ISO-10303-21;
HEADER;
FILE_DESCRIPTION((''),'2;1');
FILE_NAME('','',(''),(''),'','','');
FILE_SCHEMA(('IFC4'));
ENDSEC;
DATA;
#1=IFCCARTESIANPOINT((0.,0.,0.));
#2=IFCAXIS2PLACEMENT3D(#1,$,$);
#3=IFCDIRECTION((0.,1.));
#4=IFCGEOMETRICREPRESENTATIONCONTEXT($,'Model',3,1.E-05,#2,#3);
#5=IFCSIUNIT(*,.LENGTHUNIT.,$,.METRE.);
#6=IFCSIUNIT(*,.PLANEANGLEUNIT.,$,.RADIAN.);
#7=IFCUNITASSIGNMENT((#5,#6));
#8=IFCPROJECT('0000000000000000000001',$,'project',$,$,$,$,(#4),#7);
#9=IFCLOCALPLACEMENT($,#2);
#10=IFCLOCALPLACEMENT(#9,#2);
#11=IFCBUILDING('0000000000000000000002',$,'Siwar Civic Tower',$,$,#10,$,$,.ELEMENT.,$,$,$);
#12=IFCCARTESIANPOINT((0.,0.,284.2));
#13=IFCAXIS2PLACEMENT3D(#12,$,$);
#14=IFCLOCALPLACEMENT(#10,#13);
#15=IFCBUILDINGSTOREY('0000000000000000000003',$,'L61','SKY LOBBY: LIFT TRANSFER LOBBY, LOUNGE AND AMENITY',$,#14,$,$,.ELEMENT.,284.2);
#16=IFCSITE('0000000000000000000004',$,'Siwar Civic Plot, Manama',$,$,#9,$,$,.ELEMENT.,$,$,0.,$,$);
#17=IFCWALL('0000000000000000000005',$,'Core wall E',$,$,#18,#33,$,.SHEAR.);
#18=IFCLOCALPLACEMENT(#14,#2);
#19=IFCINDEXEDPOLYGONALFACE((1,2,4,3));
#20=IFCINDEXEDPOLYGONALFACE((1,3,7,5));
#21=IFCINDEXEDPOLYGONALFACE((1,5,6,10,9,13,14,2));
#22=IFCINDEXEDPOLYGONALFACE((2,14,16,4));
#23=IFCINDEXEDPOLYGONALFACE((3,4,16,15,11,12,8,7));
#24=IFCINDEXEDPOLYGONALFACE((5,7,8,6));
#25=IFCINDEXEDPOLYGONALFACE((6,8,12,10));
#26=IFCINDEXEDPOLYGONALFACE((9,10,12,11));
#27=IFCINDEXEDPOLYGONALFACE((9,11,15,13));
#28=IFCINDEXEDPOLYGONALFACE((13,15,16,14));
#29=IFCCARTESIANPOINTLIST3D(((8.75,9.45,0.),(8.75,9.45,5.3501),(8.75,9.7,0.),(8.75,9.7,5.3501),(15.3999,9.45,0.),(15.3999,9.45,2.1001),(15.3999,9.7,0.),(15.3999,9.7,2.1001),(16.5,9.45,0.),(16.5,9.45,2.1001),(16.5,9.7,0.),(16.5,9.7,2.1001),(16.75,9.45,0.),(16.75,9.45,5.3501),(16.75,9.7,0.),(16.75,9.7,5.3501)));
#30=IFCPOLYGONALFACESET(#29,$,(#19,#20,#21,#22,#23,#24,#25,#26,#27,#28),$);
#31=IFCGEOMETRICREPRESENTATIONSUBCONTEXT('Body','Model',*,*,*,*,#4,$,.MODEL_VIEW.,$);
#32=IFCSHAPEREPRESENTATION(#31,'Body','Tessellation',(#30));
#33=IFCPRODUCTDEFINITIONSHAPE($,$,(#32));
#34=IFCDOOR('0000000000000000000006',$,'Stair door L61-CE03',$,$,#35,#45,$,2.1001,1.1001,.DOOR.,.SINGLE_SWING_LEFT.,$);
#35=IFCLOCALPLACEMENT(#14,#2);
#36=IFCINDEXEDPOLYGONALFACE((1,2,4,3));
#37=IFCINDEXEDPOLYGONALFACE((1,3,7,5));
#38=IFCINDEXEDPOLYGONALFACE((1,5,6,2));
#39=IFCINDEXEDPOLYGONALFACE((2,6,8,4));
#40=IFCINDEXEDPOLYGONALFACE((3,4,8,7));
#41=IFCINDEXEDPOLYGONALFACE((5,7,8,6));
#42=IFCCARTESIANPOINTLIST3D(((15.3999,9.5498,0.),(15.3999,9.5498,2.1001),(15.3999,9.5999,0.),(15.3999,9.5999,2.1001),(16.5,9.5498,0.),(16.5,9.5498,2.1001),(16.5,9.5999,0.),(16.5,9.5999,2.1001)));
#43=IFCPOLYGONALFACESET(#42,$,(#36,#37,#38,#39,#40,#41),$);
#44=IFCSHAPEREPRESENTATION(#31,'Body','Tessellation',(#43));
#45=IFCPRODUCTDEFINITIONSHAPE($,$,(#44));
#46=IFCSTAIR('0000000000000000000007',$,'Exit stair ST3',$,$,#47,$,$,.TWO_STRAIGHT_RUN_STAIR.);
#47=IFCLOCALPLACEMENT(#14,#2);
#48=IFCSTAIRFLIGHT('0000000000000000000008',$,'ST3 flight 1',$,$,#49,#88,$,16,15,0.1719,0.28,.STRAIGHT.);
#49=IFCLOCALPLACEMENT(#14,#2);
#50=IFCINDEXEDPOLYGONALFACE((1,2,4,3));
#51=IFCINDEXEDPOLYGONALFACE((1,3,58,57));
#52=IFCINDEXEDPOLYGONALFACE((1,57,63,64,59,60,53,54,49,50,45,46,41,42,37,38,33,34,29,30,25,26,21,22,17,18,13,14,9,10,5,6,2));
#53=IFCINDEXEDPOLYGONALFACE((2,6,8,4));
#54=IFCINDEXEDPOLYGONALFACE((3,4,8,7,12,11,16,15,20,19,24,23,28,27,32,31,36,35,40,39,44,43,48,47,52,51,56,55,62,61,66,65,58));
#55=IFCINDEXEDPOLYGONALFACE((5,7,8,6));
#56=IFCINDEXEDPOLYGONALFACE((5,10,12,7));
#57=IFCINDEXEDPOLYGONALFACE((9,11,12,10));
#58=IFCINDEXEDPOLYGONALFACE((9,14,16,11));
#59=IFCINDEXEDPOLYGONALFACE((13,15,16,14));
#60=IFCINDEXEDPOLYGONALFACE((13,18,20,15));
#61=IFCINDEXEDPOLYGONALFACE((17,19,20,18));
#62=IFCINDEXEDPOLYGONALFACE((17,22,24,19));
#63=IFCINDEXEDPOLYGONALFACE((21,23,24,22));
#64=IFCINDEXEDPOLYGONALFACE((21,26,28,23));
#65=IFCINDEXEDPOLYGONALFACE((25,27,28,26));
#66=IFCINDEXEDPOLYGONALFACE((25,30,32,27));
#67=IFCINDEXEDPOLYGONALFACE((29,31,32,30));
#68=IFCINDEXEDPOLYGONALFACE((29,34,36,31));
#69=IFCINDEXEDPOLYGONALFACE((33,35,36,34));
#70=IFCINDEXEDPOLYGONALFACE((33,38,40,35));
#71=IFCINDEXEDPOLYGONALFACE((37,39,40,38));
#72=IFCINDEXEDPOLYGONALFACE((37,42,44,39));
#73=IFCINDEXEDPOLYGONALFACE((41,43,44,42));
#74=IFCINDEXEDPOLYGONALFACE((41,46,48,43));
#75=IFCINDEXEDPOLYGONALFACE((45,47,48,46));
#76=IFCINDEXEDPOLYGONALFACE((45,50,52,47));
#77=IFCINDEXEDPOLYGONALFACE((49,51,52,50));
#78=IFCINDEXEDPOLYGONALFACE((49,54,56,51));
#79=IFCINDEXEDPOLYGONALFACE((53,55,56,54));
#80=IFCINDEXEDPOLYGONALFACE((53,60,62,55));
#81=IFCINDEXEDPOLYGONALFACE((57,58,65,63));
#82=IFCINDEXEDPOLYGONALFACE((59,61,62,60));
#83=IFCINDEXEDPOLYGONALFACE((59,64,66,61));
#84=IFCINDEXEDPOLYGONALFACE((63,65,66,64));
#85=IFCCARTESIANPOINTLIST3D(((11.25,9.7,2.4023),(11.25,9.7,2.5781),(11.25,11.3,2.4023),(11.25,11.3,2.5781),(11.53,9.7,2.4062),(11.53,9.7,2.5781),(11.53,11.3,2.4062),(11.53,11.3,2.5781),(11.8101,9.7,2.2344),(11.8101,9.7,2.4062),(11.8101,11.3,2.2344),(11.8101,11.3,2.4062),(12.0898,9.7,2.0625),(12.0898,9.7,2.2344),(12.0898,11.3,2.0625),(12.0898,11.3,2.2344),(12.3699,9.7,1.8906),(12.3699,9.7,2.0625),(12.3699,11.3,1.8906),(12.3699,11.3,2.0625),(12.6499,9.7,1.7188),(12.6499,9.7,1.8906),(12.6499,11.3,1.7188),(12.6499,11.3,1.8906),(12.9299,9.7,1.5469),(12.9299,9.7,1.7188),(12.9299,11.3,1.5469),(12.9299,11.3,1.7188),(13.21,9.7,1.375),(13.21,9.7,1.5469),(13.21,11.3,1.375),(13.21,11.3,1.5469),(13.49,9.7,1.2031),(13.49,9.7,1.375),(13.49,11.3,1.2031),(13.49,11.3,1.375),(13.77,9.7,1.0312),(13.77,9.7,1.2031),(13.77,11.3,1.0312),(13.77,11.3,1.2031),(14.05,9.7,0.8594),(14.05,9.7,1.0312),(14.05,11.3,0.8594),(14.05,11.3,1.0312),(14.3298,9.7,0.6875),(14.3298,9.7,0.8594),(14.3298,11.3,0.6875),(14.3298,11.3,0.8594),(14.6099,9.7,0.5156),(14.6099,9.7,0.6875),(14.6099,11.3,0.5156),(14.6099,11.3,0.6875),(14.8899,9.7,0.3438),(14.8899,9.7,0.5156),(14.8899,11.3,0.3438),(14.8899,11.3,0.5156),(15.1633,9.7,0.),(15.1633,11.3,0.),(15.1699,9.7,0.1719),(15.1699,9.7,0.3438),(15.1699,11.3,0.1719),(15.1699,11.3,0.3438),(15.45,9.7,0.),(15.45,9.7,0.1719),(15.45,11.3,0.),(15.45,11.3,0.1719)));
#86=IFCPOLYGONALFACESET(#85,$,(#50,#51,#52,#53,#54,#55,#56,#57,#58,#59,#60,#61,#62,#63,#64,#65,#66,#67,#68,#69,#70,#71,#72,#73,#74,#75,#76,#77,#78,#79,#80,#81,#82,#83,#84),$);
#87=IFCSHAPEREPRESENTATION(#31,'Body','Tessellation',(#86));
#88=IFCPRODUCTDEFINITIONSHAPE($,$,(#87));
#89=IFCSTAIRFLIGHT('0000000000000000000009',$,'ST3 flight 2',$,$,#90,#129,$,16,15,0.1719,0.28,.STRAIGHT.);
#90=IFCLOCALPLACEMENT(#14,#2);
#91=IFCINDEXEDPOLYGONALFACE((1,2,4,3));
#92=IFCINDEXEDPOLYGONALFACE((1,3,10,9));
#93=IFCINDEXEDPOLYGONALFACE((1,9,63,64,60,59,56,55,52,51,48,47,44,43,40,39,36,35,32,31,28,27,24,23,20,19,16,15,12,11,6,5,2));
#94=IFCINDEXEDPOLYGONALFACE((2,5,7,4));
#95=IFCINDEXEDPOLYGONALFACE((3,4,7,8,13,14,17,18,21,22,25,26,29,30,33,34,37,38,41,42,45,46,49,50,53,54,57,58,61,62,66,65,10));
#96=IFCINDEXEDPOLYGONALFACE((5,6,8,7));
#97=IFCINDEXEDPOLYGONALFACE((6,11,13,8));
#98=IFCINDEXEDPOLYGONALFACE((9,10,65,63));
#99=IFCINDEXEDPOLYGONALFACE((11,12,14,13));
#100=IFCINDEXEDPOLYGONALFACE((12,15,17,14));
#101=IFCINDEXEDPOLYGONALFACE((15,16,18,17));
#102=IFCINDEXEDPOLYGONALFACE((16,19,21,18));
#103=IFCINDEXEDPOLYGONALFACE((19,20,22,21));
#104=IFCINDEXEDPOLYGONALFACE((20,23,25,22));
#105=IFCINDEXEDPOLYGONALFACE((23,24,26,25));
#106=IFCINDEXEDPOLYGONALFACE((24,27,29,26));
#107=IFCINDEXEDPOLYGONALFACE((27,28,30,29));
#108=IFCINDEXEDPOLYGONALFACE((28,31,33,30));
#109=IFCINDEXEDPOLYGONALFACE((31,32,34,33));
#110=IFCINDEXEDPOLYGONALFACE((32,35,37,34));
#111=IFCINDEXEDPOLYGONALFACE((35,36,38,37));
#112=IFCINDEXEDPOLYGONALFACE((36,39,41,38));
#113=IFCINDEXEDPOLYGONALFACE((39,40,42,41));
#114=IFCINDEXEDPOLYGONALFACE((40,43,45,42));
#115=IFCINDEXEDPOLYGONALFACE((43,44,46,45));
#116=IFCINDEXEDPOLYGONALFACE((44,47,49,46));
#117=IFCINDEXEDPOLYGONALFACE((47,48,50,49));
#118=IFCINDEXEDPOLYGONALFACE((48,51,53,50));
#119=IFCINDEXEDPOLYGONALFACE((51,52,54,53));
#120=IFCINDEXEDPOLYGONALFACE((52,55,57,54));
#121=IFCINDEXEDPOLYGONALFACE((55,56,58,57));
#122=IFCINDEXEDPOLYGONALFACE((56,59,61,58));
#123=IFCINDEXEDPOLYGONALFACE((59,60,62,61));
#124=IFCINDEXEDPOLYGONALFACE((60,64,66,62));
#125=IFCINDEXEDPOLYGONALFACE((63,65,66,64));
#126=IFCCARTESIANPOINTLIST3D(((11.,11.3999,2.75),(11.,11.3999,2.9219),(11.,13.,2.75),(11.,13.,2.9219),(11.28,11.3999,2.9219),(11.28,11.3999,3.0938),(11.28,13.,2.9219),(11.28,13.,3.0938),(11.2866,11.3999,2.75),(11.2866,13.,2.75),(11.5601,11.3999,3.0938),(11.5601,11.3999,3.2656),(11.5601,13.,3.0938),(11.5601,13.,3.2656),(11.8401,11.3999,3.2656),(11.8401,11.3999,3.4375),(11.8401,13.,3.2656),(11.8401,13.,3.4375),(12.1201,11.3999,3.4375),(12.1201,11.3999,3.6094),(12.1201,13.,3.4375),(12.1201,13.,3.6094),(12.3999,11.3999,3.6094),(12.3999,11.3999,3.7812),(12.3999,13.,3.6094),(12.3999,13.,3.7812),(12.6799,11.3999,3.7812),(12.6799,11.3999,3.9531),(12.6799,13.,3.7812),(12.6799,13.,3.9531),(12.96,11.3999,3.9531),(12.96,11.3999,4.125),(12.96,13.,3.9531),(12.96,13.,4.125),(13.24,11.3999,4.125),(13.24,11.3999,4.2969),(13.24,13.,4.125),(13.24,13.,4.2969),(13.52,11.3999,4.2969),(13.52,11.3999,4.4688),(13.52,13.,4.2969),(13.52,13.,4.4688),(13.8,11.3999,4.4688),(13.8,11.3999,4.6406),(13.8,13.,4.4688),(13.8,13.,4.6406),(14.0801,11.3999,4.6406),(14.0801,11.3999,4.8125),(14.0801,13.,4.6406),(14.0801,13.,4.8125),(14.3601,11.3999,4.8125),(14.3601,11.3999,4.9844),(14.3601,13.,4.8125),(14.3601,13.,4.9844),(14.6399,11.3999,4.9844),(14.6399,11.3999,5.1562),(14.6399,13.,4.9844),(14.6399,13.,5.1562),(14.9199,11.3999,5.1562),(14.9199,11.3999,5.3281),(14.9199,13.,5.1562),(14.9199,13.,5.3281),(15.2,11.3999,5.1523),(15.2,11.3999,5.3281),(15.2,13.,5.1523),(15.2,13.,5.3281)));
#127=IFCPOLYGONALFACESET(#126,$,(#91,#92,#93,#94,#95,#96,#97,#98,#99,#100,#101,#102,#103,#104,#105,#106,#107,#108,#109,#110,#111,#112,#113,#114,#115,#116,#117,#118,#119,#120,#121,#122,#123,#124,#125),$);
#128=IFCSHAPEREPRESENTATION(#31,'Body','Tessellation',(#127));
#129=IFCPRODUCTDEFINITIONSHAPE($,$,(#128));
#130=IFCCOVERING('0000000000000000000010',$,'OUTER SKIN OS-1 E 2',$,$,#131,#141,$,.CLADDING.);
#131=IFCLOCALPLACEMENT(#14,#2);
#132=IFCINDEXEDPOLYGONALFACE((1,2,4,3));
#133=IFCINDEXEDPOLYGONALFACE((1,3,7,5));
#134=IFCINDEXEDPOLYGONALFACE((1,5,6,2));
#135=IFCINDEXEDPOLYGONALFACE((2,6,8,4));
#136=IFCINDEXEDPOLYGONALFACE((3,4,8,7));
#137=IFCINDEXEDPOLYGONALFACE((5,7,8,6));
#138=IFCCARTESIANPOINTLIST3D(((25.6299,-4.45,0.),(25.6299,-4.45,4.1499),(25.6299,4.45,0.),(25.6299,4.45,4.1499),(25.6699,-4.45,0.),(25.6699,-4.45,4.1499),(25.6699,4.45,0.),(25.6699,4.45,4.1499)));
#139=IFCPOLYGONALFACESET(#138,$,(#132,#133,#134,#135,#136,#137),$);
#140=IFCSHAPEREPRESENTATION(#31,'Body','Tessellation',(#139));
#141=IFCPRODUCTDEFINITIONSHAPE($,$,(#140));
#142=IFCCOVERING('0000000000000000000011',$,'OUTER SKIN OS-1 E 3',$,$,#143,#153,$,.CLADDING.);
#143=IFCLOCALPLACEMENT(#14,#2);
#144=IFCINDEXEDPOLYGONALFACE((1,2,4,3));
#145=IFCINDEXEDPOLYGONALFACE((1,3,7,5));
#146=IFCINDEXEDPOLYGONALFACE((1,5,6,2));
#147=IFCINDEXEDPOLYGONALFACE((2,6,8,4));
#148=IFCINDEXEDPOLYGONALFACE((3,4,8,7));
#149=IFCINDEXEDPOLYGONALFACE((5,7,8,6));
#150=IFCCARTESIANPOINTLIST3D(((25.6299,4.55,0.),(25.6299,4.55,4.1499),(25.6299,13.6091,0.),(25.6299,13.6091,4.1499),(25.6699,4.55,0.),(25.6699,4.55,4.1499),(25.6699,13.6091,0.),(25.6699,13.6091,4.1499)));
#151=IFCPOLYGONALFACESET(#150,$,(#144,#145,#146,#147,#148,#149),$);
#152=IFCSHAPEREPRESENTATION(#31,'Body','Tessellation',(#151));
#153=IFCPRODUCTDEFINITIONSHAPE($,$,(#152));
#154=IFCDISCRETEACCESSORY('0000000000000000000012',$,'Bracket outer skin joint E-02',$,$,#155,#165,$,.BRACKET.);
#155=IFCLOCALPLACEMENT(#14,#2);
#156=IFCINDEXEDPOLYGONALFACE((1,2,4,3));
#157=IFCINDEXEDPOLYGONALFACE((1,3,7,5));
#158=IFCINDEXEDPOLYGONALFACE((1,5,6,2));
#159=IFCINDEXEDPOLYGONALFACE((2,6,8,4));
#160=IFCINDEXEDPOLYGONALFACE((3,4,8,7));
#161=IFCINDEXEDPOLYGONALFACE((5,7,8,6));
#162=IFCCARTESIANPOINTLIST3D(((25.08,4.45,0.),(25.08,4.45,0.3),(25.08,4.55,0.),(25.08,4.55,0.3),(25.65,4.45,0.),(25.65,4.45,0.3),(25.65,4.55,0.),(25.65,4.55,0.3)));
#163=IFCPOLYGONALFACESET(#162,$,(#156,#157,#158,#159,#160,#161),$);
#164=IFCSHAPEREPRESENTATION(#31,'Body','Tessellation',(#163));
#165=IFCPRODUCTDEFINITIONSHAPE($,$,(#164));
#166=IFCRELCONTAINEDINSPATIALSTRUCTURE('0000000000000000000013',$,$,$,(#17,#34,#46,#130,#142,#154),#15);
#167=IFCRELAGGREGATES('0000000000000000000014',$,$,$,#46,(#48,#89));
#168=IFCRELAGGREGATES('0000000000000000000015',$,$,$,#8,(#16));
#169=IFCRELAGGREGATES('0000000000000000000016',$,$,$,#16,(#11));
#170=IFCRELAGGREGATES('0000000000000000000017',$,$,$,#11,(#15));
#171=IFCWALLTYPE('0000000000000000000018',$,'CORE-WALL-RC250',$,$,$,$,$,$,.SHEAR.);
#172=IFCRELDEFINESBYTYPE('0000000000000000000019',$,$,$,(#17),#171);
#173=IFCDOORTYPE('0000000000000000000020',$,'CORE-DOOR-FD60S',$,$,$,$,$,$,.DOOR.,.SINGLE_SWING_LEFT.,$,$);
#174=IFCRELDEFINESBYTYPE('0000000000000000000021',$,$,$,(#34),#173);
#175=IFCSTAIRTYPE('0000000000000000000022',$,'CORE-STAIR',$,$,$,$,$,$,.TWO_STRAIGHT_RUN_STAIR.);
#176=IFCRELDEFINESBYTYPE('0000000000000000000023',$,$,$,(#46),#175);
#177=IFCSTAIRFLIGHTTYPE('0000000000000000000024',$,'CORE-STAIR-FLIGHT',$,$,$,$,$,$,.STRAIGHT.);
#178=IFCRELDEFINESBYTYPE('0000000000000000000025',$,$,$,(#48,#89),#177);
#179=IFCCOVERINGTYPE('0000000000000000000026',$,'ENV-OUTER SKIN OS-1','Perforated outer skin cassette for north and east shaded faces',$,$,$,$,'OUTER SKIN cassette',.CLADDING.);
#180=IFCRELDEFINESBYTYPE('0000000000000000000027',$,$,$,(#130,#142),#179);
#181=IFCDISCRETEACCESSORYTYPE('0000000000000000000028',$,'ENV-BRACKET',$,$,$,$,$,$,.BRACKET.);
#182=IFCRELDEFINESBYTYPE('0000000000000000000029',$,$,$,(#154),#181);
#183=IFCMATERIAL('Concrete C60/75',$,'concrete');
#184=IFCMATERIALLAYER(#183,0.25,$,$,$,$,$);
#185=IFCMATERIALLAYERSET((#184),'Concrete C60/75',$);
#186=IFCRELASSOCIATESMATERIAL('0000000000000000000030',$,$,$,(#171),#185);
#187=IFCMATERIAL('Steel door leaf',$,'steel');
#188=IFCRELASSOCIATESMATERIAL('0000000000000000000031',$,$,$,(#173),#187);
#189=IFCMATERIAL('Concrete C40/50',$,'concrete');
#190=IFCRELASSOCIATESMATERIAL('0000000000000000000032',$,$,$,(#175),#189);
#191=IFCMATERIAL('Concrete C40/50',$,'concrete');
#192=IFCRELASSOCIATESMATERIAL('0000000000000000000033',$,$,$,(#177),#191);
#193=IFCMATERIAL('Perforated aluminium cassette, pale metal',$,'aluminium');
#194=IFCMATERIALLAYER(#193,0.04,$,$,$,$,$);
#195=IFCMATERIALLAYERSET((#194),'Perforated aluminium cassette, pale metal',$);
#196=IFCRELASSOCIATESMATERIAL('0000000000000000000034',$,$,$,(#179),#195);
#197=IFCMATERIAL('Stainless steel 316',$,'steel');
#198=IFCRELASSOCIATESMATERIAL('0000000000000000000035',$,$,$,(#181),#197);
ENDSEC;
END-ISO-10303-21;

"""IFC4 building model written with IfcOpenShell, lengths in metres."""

from ifc_helpers import new_model, si_unit, direction, frame, frame_2d, origin, origin_2d, place, context, subcontext, project, spatial, polyline, rectangle, outline, extrude, material, layer, layer_set, type_object, element, fill, aggregate, save


model = new_model("IFC4")

# Units and contexts
model_context = context("Model", 3, precision=1e-05, world=origin(), true_north=direction((0.0, 1.0)))
body_context = subcontext(model_context, "Body", "Model", "MODEL_VIEW")
ifc_project = project(units=[si_unit("LENGTHUNIT", "METRE"), si_unit("PLANEANGLEUNIT", "RADIAN")], contexts=[model_context])

# Site, building, storey
site_placement = place(None, origin())
site = spatial("IfcSite", under=ifc_project, at=site_placement, Name="Siwar Civic Plot, Manama", CompositionType="ELEMENT", RefElevation=0.0)
building_placement = place(site_placement, origin())
building = spatial("IfcBuilding", under=site, at=building_placement, Name="Siwar Civic Tower", CompositionType="ELEMENT")
storey_placement = place(building_placement, frame((0.0, 0.0, 284.2)))
storey = spatial("IfcBuildingStorey", under=building, at=storey_placement, Name="L61", Description="SKY LOBBY: LIFT TRANSFER LOBBY, LOUNGE AND AMENITY", CompositionType="ELEMENT", Elevation=284.2)

# Shared definitions
ifc_material_1 = material(Name="Concrete C60/75", Category="concrete")
ifc_layer_1 = layer(ifc_material_1, 0.25)
ifc_layer_set_1 = layer_set([ifc_layer_1], Name="Concrete C60/75")
wall_type_1 = type_object("IfcWallType", Name="CORE-WALL-RC250", PredefinedType="SHEAR", material=ifc_layer_set_1)

# Wall, opening, door
wall_1_placement = place(storey_placement, frame((8.75, 9.575, 0.0), z_axis=(0.0, 0.0, 1.0), x_axis=(1.0, 0.0, 0.0)))
wall_1 = element("IfcWall", 1, at=wall_1_placement, inside=storey, type_object=wall_type_1, Name="Core wall E", PredefinedType="SHEAR", context=body_context, shape_type="SweptSolid", body=[
    extrude(rectangle(XDim=8.0, YDim=0.25, at=frame_2d((4.0, 0.0))), origin(), (0.0, 0.0, 1.0), 5.3501),
])
opening_1_placement = place(wall_1_placement, frame((6.6499, 0.0, 0.0)))
opening_1 = element("IfcOpeningElement", 2, at=opening_1_placement, cuts=wall_1, PredefinedType="OPENING", context=body_context, shape_type="SweptSolid", body=[
    extrude(rectangle(XDim=1.1001, YDim=2.1001, at=frame_2d((0.55, 1.05))), frame((0.0, 0.135, 0.0), z_axis=(0.0, -1.0, 0.0), x_axis=(1.0, 0.0, 0.0)), (0.0, 0.0, 1.0), 0.27),
])
ifc_material_2 = material(Name="Steel door leaf", Category="steel")
door_type_1 = type_object("IfcDoorType", Name="CORE-DOOR-FD60S", OperationType="SINGLE_SWING_LEFT", PredefinedType="DOOR", material=ifc_material_2)
door_1_placement = place(opening_1_placement, origin())
door_1 = element("IfcDoor", 3, at=door_1_placement, inside=storey, type_object=door_type_1, Name="Stair door L61-CE03", OperationType="SINGLE_SWING_LEFT", OverallHeight=2.1001, OverallWidth=1.1001, PredefinedType="DOOR", context=body_context, shape_type="SweptSolid", body=[
    extrude(rectangle(XDim=1.1001, YDim=2.1001, at=frame_2d((0.55, 1.05))), frame((0.0, 0.0249, 0.0), z_axis=(0.0, -1.0, 0.0), x_axis=(1.0, 0.0, 0.0)), (0.0, 0.0, 1.0), 0.05),
])
fill(opening_1, door_1)

# Stair, stair flights
ifc_material_3 = material(Name="Concrete C40/50", Category="concrete")
stair_type = type_object("IfcStairType", Name="CORE-STAIR", PredefinedType="TWO_STRAIGHT_RUN_STAIR", material=ifc_material_3)
stair_placement = place(storey_placement, origin())
stair = element("IfcStair", 4, at=stair_placement, inside=storey, type_object=stair_type, Name="Exit stair ST3", PredefinedType="TWO_STRAIGHT_RUN_STAIR")
ifc_material_4 = material(Name="Concrete C40/50", Category="concrete")
stair_flight_type = type_object("IfcStairFlightType", Name="CORE-STAIR-FLIGHT", PredefinedType="STRAIGHT", material=ifc_material_4)
stair_flight_1_placement = place(storey_placement, frame((15.45, 10.5, 0.0), z_axis=(0.0, 0.0, 1.0), x_axis=(-1.0, 0.0, 0.0)))
stair_flight_1 = element("IfcStairFlight", 5, at=stair_flight_1_placement, type_object=stair_flight_type, Name="ST3 flight 1", NumberOfRisers=16, NumberOfTreads=15, PredefinedType="STRAIGHT", RiserHeight=0.1719, TreadLength=0.28, context=body_context, shape_type="SweptSolid", body=[
    extrude(outline(polyline([(0.0, 0.0), (0.0, 0.1719), (0.28, 0.1719), (0.28, 0.3438), (0.5601, 0.3438), (0.5601, 0.5156), (0.8401, 0.5156), (0.8401, 0.6875), (1.1201, 0.6875), (1.1201, 0.8594), (1.3999, 0.8594), (1.3999, 1.0312), (1.6799, 1.0312), (1.6799, 1.2031), (1.96, 1.2031), (1.96, 1.375), (2.24, 1.375), (2.24, 1.5469), (2.52, 1.5469), (2.52, 1.7188), (2.8, 1.7188), (2.8, 1.8906), (3.0801, 1.8906), (3.0801, 2.0625), (3.3601, 2.0625), (3.3601, 2.2344), (3.6399, 2.2344), (3.6399, 2.4062), (3.9199, 2.4062), (3.9199, 2.5781), (4.2, 2.5781), (4.2, 2.75), (4.2, 2.4023), (0.2866, 0.0), (0.0, 0.0)])), frame((0.0, 0.8, 0.0), z_axis=(0.0, -1.0, 0.0), x_axis=(1.0, 0.0, 0.0)), (0.0, 0.0, 1.0), 1.6001),
])
stair_flight_2_placement = place(storey_placement, frame((11.0, 12.2, 2.75), z_axis=(0.0, 0.0, 1.0), x_axis=(1.0, 0.0, 0.0)))
stair_flight_2 = element("IfcStairFlight", 6, at=stair_flight_2_placement, type_object=stair_flight_type, Name="ST3 flight 2", NumberOfRisers=16, NumberOfTreads=15, PredefinedType="STRAIGHT", RiserHeight=0.1719, TreadLength=0.28, context=body_context, shape_type="SweptSolid", body=[
    extrude(outline(polyline([(0.0, 0.0), (0.0, 0.1719), (0.28, 0.1719), (0.28, 0.3438), (0.5601, 0.3438), (0.5601, 0.5156), (0.8401, 0.5156), (0.8401, 0.6875), (1.1201, 0.6875), (1.1201, 0.8594), (1.3999, 0.8594), (1.3999, 1.0312), (1.6799, 1.0312), (1.6799, 1.2031), (1.96, 1.2031), (1.96, 1.375), (2.24, 1.375), (2.24, 1.5469), (2.52, 1.5469), (2.52, 1.7188), (2.8, 1.7188), (2.8, 1.8906), (3.0801, 1.8906), (3.0801, 2.0625), (3.3601, 2.0625), (3.3601, 2.2344), (3.6399, 2.2344), (3.6399, 2.4062), (3.9199, 2.4062), (3.9199, 2.5781), (4.2, 2.5781), (4.2, 2.75), (4.2, 2.4023), (0.2866, 0.0), (0.0, 0.0)])), frame((0.0, 0.8, 0.0), z_axis=(0.0, -1.0, 0.0), x_axis=(1.0, 0.0, 0.0)), (0.0, 0.0, 1.0), 1.6001),
])
aggregate(stair, [stair_flight_1, stair_flight_2])

# Coverings
ifc_material_5 = material(Name="Perforated aluminium cassette, pale metal", Category="aluminium")
ifc_layer_2 = layer(ifc_material_5, 0.04)
ifc_layer_set_2 = layer_set([ifc_layer_2], Name="Perforated aluminium cassette, pale metal")
covering_type = type_object("IfcCoveringType", Name="ENV-OUTER SKIN OS-1", Description="Perforated outer skin cassette for north and east shaded faces", ElementType="OUTER SKIN cassette", PredefinedType="CLADDING", material=ifc_layer_set_2)
covering_1_placement = place(storey_placement, frame((25.6499, 0.0, 0.0), z_axis=(0.0, 0.0, 1.0), x_axis=(0.0, 1.0, 0.0)))
element("IfcCovering", 7, at=covering_1_placement, inside=storey, type_object=covering_type, Name="OUTER SKIN OS-1 E 2", PredefinedType="CLADDING", context=body_context, shape_type="SweptSolid", body=[
    extrude(rectangle(XDim=8.8999, YDim=0.04, at=origin_2d()), origin(), (0.0, 0.0, 1.0), 4.1499),
])
covering_2_placement = place(storey_placement, frame((25.6499, 9.0796, 0.0), z_axis=(0.0, 0.0, 1.0), x_axis=(0.0, 1.0, 0.0)))
element("IfcCovering", 8, at=covering_2_placement, inside=storey, type_object=covering_type, Name="OUTER SKIN OS-1 E 3", PredefinedType="CLADDING", context=body_context, shape_type="SweptSolid", body=[
    extrude(rectangle(XDim=9.0591, YDim=0.04, at=origin_2d()), origin(), (0.0, 0.0, 1.0), 4.1499),
])

# Discrete accessory
ifc_material_6 = material(Name="Stainless steel 316", Category="steel")
discrete_accessory_type = type_object("IfcDiscreteAccessoryType", Name="ENV-BRACKET", PredefinedType="BRACKET", material=ifc_material_6)
discrete_accessory_placement = place(storey_placement, frame((25.365, 4.5, 0.0), z_axis=(0.0, 0.0, 1.0), x_axis=(1.0, 0.0, 0.0)))
element("IfcDiscreteAccessory", 9, at=discrete_accessory_placement, inside=storey, type_object=discrete_accessory_type, Name="Bracket outer skin joint E-02", PredefinedType="BRACKET", context=body_context, shape_type="SweptSolid", body=[
    extrude(rectangle(XDim=0.5701, YDim=0.1001, at=origin_2d()), origin(), (0.0, 0.0, 1.0), 0.3),
])

save(model, "model.ifc")
